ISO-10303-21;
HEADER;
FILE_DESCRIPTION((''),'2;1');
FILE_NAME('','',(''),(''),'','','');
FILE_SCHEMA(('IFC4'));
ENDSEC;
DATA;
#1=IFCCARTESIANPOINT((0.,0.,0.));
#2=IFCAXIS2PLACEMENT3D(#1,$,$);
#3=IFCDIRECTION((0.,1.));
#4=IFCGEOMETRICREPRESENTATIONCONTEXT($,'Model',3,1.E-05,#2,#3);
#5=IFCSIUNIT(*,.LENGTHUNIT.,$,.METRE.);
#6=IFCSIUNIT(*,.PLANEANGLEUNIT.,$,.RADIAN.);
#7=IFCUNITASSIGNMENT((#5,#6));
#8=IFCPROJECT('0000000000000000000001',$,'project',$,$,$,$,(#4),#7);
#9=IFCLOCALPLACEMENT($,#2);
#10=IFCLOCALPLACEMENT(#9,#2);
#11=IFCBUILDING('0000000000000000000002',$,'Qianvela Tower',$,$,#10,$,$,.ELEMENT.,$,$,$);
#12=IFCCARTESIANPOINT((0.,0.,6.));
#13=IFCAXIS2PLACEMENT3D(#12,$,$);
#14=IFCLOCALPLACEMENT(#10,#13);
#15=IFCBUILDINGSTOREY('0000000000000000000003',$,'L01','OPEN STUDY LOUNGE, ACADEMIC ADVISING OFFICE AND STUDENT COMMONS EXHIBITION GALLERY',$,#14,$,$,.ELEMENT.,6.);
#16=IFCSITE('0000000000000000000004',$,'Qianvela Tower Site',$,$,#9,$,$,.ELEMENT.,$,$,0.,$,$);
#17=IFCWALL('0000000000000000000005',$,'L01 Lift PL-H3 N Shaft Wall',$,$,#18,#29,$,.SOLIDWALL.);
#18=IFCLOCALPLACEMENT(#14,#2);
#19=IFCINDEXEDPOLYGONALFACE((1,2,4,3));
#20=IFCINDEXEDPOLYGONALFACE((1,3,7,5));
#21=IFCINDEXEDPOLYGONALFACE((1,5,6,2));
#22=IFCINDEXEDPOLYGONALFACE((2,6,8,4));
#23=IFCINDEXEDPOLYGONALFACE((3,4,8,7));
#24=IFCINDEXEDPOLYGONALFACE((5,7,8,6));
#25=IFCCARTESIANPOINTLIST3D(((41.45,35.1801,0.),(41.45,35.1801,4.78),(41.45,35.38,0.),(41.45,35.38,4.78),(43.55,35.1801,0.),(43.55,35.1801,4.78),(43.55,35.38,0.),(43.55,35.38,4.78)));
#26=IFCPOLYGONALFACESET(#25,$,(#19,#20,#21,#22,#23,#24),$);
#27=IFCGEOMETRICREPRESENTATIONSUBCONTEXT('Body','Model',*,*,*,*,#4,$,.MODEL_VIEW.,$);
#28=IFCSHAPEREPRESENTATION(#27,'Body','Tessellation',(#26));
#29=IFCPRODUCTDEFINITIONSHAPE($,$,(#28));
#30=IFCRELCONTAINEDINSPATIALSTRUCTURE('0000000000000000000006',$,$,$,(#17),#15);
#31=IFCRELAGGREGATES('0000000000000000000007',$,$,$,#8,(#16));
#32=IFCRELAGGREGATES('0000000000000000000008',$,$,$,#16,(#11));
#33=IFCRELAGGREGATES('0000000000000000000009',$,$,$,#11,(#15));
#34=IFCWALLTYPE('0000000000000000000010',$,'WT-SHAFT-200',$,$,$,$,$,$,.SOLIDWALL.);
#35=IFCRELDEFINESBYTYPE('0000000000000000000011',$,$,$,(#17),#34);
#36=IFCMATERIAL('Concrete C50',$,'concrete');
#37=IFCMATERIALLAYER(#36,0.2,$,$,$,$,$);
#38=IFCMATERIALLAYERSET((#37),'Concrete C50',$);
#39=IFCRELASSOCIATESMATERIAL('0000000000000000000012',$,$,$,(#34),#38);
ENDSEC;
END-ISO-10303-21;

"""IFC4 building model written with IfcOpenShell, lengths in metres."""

from ifc_helpers import new_model, si_unit, direction, frame, frame_2d, origin, place, context, subcontext, project, spatial, rectangle, extrude, material, layer, layer_set, type_object, element, save


model = new_model("IFC4")

# Units and contexts
model_context = context("Model", 3, precision=1e-05, world=origin(), true_north=direction((0.0, 1.0)))
body_context = subcontext(model_context, "Body", "Model", "MODEL_VIEW")
ifc_project = project(units=[si_unit("LENGTHUNIT", "METRE"), si_unit("PLANEANGLEUNIT", "RADIAN")], contexts=[model_context])

# Site, building, storey
site_placement = place(None, origin())
site = spatial("IfcSite", under=ifc_project, at=site_placement, Name="Qianvela Tower Site", CompositionType="ELEMENT", RefElevation=0.0)
building_placement = place(site_placement, origin())
building = spatial("IfcBuilding", under=site, at=building_placement, Name="Qianvela Tower", CompositionType="ELEMENT")
storey_placement = place(building_placement, frame((0.0, 0.0, 6.0)))
storey = spatial("IfcBuildingStorey", under=building, at=storey_placement, Name="L01", Description="OPEN STUDY LOUNGE, ACADEMIC ADVISING OFFICE AND STUDENT COMMONS EXHIBITION GALLERY", CompositionType="ELEMENT", Elevation=6.0)

# Wall
ifc_material_1 = material(Name="Concrete C50", Category="concrete")
ifc_layer_1 = layer(ifc_material_1, 0.2)
ifc_layer_set_1 = layer_set([ifc_layer_1], Name="Concrete C50")
wall_type_1 = type_object("IfcWallType", Name="WT-SHAFT-200", PredefinedType="SOLIDWALL", material=ifc_layer_set_1)
wall_1_placement = place(storey_placement, frame((41.45, 35.28, 0.0), z_axis=(0.0, 0.0, 1.0), x_axis=(1.0, 0.0, 0.0)))
element("IfcWall", 1, at=wall_1_placement, inside=storey, type_object=wall_type_1, Name="L01 Lift PL-H3 N Shaft Wall", PredefinedType="SOLIDWALL", context=body_context, shape_type="SweptSolid", body=[
    extrude(rectangle(XDim=2.1001, YDim=0.2, at=frame_2d((1.05, 0.0))), origin(), (0.0, 0.0, 1.0), 4.78),
])

save(model, "model.ifc")
